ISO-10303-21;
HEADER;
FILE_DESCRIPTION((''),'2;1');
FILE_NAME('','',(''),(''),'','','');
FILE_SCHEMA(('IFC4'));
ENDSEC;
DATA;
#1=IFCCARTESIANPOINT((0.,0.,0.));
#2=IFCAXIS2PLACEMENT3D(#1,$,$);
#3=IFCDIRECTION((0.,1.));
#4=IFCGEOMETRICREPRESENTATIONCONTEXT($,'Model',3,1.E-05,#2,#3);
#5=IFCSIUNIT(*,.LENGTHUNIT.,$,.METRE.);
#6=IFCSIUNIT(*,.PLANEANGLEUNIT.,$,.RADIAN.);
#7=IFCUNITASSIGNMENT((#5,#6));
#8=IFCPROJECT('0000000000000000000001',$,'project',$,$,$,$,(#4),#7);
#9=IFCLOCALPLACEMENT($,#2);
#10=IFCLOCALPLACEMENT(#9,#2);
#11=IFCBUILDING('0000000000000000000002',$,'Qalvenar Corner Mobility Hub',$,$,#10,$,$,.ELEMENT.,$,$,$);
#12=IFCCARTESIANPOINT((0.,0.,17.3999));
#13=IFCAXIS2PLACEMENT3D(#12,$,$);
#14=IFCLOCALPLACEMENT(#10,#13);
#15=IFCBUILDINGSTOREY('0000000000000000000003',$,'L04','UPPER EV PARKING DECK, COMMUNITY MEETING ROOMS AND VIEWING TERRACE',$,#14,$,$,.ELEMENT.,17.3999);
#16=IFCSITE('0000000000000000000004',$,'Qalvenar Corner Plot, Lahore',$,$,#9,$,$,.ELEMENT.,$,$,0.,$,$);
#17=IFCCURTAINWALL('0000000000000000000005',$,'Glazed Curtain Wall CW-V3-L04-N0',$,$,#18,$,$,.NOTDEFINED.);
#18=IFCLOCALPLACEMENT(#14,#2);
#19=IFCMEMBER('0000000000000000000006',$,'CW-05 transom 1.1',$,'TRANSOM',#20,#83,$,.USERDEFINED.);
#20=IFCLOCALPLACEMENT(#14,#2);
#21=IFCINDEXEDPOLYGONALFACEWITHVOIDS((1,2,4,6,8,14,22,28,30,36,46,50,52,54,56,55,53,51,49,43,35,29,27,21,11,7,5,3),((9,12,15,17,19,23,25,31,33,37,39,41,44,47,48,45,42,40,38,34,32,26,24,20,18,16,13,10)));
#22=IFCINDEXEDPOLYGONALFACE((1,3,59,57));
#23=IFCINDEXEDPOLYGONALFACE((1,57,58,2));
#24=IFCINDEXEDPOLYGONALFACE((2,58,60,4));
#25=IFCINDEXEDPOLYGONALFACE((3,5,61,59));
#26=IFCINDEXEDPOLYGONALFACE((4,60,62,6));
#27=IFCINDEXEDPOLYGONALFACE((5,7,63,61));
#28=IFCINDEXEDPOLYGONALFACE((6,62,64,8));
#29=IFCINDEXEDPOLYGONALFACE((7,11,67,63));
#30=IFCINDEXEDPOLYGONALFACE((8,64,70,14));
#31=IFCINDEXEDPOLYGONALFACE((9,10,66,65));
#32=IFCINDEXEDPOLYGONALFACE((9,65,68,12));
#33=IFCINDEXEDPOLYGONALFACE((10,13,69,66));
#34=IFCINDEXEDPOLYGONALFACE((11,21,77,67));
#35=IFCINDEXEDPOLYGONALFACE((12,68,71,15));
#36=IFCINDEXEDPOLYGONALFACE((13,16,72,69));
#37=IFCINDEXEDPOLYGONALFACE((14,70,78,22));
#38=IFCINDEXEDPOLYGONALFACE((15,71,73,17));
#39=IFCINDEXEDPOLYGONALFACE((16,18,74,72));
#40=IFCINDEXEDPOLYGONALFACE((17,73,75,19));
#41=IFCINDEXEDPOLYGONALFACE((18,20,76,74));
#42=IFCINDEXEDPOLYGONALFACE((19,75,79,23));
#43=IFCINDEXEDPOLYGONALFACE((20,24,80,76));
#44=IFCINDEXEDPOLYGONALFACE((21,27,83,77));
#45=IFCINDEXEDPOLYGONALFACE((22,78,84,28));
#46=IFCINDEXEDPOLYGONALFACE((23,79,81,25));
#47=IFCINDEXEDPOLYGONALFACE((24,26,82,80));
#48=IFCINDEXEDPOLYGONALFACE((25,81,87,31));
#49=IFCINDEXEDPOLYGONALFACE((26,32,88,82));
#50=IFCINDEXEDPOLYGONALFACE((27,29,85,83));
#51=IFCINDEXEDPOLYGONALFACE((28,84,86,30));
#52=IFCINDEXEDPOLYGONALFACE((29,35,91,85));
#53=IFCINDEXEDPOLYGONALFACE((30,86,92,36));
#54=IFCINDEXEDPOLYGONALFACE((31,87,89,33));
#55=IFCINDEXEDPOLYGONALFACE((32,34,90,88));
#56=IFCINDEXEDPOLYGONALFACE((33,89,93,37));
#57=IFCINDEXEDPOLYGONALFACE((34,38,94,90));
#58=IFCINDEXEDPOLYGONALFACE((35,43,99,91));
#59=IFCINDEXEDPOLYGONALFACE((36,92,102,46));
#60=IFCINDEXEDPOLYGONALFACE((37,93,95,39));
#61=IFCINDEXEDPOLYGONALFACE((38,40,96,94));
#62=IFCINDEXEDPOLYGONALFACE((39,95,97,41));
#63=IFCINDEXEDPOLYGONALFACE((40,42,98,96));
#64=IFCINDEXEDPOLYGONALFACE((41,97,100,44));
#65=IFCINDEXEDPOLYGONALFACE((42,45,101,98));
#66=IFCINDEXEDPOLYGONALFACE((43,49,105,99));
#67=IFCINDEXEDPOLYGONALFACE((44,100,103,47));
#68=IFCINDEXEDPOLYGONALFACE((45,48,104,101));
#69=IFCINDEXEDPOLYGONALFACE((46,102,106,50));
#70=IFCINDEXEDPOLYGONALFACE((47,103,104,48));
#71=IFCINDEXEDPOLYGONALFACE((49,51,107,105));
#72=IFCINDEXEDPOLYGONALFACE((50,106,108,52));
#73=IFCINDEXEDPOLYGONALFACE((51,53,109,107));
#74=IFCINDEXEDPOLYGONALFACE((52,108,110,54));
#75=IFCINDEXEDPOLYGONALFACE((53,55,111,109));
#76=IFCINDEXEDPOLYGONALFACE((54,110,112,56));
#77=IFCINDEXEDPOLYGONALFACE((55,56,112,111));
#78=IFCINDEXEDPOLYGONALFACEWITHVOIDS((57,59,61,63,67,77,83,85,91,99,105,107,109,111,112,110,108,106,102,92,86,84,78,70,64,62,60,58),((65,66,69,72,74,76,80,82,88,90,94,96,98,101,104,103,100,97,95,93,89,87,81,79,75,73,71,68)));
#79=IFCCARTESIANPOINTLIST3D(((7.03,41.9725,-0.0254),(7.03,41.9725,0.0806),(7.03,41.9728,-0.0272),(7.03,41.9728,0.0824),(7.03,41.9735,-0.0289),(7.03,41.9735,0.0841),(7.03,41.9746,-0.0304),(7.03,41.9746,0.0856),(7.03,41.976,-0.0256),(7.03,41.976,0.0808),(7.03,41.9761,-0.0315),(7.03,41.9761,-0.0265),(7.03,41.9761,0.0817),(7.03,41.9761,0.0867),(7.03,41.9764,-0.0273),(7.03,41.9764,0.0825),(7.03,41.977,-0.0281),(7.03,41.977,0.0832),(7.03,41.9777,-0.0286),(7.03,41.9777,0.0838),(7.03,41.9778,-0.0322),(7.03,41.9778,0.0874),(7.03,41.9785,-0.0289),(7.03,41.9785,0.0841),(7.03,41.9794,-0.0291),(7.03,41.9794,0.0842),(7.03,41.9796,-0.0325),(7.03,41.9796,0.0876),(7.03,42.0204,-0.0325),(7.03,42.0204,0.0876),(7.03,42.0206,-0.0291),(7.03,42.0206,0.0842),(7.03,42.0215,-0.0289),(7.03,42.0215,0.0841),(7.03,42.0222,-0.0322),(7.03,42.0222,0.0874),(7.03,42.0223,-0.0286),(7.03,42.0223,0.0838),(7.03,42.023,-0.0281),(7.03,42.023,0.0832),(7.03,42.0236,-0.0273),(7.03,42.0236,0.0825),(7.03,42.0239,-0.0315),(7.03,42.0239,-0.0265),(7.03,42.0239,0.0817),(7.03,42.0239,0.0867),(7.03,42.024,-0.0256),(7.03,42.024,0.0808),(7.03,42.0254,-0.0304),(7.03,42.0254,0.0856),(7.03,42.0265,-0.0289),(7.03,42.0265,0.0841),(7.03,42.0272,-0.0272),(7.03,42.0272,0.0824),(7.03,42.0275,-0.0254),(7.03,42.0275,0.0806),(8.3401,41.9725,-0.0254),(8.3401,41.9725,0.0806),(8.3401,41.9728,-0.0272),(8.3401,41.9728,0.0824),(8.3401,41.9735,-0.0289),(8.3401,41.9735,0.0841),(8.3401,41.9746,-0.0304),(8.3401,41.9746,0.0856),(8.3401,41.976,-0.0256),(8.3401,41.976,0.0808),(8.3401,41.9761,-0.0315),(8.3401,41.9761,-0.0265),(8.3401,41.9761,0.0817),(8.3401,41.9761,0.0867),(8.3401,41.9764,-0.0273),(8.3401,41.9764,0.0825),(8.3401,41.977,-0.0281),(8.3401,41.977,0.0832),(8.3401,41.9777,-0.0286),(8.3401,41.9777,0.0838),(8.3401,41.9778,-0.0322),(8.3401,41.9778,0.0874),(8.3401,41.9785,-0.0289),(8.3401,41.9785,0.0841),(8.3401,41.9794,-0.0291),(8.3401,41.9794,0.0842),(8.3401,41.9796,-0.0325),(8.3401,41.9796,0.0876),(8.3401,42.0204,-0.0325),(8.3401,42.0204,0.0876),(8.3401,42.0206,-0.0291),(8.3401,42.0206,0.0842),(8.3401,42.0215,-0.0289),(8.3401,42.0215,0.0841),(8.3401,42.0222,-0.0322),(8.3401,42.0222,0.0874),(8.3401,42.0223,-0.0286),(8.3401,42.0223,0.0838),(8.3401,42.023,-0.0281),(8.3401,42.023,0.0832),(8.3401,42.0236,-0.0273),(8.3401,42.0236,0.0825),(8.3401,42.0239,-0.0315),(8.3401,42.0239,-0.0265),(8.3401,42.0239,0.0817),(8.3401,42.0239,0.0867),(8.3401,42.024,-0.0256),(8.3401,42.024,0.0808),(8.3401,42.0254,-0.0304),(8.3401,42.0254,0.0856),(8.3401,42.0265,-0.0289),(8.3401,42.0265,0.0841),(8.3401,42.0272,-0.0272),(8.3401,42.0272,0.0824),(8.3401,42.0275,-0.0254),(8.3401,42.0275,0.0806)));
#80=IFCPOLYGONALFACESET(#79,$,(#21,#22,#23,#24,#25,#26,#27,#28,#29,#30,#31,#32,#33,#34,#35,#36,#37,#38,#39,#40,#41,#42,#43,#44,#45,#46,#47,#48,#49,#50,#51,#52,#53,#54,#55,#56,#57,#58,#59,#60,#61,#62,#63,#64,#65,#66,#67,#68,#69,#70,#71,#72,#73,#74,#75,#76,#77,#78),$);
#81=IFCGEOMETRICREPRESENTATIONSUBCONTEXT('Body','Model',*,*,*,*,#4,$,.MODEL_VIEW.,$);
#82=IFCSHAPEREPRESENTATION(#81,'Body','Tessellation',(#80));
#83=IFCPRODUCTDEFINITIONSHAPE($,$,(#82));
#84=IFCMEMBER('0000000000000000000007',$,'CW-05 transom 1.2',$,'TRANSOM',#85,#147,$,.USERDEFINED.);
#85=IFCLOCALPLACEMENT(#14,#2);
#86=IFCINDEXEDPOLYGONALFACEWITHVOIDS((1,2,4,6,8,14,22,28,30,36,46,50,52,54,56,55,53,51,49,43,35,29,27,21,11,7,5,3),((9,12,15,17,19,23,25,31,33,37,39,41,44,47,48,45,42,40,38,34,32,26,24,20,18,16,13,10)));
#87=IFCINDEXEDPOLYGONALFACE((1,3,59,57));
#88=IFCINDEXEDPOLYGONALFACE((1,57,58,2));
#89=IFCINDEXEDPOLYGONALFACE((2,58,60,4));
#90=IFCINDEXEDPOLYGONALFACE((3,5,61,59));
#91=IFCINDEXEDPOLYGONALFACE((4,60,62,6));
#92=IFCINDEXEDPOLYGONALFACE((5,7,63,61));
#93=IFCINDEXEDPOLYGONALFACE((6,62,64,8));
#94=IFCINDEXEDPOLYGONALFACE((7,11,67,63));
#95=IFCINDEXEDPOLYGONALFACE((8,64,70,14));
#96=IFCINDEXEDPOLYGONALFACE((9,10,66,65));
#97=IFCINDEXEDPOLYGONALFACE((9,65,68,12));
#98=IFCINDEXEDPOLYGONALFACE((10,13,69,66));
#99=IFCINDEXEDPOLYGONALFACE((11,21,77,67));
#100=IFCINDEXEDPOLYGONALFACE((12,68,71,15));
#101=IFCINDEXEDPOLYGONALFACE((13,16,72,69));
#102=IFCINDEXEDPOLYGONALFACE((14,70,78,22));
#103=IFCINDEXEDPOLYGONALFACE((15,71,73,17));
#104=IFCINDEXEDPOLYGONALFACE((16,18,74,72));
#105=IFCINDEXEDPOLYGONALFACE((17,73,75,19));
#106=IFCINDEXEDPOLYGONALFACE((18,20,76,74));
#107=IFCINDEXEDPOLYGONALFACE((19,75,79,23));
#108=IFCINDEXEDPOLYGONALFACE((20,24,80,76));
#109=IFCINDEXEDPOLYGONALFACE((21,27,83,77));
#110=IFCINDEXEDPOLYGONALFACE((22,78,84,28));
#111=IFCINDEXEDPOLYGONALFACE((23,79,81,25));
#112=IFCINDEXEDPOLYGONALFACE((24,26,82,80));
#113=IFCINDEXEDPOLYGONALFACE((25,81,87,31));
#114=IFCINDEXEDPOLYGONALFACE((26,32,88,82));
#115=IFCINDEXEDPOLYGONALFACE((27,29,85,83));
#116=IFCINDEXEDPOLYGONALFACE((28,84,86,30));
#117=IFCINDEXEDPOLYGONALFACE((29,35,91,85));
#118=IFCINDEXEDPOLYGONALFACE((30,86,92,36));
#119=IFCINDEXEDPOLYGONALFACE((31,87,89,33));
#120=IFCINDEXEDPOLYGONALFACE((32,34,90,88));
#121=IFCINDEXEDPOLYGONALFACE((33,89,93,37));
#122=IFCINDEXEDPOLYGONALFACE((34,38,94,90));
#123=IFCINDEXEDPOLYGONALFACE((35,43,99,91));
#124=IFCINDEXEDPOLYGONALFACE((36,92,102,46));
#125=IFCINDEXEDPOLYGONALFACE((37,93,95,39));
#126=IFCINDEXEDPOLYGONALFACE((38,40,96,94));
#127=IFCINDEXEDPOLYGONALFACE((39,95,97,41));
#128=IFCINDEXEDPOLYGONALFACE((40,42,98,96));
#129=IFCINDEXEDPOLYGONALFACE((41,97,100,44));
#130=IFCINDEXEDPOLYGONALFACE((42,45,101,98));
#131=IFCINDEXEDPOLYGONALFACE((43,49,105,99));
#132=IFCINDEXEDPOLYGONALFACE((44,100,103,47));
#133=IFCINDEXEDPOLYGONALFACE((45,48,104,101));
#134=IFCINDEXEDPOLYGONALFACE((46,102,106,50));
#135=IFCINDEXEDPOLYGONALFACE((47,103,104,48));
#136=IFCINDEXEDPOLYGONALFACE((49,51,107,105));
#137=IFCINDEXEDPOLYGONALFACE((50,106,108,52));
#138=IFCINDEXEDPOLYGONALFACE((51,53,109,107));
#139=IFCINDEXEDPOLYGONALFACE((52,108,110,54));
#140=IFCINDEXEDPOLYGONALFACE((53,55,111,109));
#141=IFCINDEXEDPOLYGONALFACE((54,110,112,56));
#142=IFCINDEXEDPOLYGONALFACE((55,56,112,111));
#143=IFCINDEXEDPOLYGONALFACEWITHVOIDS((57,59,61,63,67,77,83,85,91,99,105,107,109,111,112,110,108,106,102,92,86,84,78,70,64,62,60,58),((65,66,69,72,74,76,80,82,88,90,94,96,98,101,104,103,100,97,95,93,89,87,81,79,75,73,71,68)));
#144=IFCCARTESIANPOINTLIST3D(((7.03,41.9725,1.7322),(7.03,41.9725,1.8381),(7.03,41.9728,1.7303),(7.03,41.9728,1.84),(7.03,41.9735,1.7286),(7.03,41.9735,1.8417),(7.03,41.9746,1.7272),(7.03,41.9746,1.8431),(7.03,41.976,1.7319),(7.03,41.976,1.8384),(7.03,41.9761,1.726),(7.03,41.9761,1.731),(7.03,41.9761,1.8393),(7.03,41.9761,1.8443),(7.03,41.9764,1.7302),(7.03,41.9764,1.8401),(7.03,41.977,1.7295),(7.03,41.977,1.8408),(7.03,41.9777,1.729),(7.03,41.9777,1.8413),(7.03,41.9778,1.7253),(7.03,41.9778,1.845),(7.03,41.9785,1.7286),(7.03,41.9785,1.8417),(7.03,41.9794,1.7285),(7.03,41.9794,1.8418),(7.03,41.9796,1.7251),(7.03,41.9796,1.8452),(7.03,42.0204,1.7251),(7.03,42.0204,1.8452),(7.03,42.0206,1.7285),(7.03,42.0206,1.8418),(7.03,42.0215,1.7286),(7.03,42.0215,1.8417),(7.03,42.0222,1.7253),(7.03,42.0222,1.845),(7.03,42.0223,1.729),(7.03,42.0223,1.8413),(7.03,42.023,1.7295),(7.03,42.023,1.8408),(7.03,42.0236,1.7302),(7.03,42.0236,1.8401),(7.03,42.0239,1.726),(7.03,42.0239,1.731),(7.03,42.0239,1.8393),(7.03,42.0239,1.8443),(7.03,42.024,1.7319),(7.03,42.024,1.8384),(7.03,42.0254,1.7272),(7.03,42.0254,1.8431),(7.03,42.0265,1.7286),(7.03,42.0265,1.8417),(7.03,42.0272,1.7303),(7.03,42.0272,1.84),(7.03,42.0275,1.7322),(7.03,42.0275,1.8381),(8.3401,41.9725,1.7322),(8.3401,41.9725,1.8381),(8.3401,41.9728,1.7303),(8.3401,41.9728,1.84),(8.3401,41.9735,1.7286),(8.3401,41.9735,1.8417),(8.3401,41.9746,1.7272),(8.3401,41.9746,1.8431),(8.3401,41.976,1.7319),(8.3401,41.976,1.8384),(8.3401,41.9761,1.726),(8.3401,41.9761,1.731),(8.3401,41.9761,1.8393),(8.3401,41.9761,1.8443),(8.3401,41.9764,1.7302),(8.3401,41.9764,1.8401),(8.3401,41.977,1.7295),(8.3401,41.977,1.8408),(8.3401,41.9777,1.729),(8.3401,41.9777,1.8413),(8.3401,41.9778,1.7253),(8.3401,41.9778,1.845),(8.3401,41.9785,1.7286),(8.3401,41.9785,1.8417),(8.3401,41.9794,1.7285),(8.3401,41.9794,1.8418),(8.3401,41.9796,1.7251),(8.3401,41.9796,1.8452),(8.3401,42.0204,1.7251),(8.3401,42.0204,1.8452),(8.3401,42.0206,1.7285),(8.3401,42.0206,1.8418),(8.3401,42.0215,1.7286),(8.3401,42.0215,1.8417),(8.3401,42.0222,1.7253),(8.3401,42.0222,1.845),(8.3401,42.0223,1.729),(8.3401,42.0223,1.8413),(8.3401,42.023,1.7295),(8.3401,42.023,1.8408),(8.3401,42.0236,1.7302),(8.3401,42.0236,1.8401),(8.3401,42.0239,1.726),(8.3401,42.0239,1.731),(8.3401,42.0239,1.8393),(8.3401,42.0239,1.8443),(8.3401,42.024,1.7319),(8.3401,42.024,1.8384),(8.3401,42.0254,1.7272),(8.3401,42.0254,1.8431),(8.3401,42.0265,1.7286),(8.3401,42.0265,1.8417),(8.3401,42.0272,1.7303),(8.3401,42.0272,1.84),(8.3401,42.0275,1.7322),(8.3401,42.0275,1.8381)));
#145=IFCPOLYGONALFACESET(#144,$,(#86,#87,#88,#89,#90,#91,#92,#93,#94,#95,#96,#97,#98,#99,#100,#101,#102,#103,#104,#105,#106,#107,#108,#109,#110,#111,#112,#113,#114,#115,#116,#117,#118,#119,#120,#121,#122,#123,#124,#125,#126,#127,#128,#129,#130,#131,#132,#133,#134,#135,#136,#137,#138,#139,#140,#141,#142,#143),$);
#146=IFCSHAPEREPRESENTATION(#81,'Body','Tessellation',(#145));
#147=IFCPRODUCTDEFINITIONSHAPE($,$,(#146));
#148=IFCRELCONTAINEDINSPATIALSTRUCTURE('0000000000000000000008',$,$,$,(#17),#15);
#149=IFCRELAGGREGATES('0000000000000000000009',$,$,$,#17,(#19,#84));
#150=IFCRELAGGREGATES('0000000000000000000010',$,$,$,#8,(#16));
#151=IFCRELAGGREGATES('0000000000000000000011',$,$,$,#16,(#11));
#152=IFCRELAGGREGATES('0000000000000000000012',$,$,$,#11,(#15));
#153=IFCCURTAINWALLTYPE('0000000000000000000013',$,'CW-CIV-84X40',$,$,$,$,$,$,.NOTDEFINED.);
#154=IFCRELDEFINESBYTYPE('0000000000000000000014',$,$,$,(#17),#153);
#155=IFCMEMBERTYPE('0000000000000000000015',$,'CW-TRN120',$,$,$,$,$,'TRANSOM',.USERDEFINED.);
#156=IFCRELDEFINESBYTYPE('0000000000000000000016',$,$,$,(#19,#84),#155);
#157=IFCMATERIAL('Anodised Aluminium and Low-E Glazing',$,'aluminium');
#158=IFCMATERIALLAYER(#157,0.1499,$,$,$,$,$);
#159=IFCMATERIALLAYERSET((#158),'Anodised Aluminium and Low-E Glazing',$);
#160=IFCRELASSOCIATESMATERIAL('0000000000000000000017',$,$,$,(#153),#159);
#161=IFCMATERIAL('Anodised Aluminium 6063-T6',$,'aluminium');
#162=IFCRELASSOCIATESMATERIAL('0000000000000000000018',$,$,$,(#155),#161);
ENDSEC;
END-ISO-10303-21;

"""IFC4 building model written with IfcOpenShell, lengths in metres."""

from ifc_helpers import new_model, si_unit, direction, frame, origin, origin_2d, place, context, subcontext, project, spatial, hollow_rectangle, extrude, material, layer, layer_set, material_profile, profile_set, type_object, element, aggregate, save


model = new_model("IFC4")

# Units and contexts
model_context = context("Model", 3, precision=1e-05, world=origin(), true_north=direction((0.0, 1.0)))
body_context = subcontext(model_context, "Body", "Model", "MODEL_VIEW")
ifc_project = project(units=[si_unit("LENGTHUNIT", "METRE"), si_unit("PLANEANGLEUNIT", "RADIAN")], contexts=[model_context])

# Site, building, storey
site_placement = place(None, origin())
site = spatial("IfcSite", under=ifc_project, at=site_placement, Name="Qalvenar Corner Plot, Lahore", CompositionType="ELEMENT", RefElevation=0.0)
building_placement = place(site_placement, origin())
building = spatial("IfcBuilding", under=site, at=building_placement, Name="Qalvenar Corner Mobility Hub", CompositionType="ELEMENT")
storey_placement = place(building_placement, frame((0.0, 0.0, 17.3999)))
storey = spatial("IfcBuildingStorey", under=building, at=storey_placement, Name="L04", Description="UPPER EV PARKING DECK, COMMUNITY MEETING ROOMS AND VIEWING TERRACE", CompositionType="ELEMENT", Elevation=17.3999)

# Curtain wall, members
ifc_material_1 = material(Name="Anodised Aluminium and Low-E Glazing", Category="aluminium")
ifc_layer_1 = layer(ifc_material_1, 0.1499)
ifc_layer_set_1 = layer_set([ifc_layer_1], Name="Anodised Aluminium and Low-E Glazing")
curtain_wall_type = type_object("IfcCurtainWallType", Name="CW-CIV-84X40", PredefinedType="NOTDEFINED", material=ifc_layer_set_1)
curtain_wall_placement = place(storey_placement, origin())
curtain_wall = element("IfcCurtainWall", 1, at=curtain_wall_placement, inside=storey, type_object=curtain_wall_type, Name="Glazed Curtain Wall CW-V3-L04-N0", PredefinedType="NOTDEFINED")
ifc_material_2 = material(Name="Anodised Aluminium 6063-T6", Category="aluminium")
ifc_material_profile_1 = material_profile(ifc_material_2, hollow_rectangle(XDim=0.0549, YDim=0.1201, WallThickness=0.0034, InnerFilletRadius=0.0034, OuterFilletRadius=0.0071, at=origin_2d()), Name="RHS120x55x3.5")
ifc_profile_set_1 = profile_set([ifc_material_profile_1], Name="Anodised Aluminium 6063-T6")
member_type_1 = type_object("IfcMemberType", Name="CW-TRN120", ElementType="TRANSOM", PredefinedType="USERDEFINED", material=ifc_profile_set_1)
member_1_placement = place(storey_placement, frame((8.3401, 42.0, 0.0276), z_axis=(-1.0, 0.0, 0.0), x_axis=(0.0, -1.0, 0.0)))
member_1 = element("IfcMember", 2, at=member_1_placement, type_object=member_type_1, Name="CW-05 transom 1.1", ObjectType="TRANSOM", PredefinedType="USERDEFINED", context=body_context, shape_type="SweptSolid", body=[
    extrude(hollow_rectangle(XDim=0.0549, YDim=0.1201, WallThickness=0.0034, InnerFilletRadius=0.0034, OuterFilletRadius=0.0071, at=origin_2d()), origin(), (0.0, 0.0, 1.0), 1.3101),
])
member_2_placement = place(storey_placement, frame((8.3401, 42.0, 1.7852), z_axis=(-1.0, 0.0, 0.0), x_axis=(0.0, -1.0, 0.0)))
member_2 = element("IfcMember", 3, at=member_2_placement, type_object=member_type_1, Name="CW-05 transom 1.2", ObjectType="TRANSOM", PredefinedType="USERDEFINED", context=body_context, shape_type="SweptSolid", body=[
    extrude(hollow_rectangle(XDim=0.0549, YDim=0.1201, WallThickness=0.0034, InnerFilletRadius=0.0034, OuterFilletRadius=0.0071, at=origin_2d()), origin(), (0.0, 0.0, 1.0), 1.3101),
])
aggregate(curtain_wall, [member_1, member_2])

save(model, "model.ifc")
